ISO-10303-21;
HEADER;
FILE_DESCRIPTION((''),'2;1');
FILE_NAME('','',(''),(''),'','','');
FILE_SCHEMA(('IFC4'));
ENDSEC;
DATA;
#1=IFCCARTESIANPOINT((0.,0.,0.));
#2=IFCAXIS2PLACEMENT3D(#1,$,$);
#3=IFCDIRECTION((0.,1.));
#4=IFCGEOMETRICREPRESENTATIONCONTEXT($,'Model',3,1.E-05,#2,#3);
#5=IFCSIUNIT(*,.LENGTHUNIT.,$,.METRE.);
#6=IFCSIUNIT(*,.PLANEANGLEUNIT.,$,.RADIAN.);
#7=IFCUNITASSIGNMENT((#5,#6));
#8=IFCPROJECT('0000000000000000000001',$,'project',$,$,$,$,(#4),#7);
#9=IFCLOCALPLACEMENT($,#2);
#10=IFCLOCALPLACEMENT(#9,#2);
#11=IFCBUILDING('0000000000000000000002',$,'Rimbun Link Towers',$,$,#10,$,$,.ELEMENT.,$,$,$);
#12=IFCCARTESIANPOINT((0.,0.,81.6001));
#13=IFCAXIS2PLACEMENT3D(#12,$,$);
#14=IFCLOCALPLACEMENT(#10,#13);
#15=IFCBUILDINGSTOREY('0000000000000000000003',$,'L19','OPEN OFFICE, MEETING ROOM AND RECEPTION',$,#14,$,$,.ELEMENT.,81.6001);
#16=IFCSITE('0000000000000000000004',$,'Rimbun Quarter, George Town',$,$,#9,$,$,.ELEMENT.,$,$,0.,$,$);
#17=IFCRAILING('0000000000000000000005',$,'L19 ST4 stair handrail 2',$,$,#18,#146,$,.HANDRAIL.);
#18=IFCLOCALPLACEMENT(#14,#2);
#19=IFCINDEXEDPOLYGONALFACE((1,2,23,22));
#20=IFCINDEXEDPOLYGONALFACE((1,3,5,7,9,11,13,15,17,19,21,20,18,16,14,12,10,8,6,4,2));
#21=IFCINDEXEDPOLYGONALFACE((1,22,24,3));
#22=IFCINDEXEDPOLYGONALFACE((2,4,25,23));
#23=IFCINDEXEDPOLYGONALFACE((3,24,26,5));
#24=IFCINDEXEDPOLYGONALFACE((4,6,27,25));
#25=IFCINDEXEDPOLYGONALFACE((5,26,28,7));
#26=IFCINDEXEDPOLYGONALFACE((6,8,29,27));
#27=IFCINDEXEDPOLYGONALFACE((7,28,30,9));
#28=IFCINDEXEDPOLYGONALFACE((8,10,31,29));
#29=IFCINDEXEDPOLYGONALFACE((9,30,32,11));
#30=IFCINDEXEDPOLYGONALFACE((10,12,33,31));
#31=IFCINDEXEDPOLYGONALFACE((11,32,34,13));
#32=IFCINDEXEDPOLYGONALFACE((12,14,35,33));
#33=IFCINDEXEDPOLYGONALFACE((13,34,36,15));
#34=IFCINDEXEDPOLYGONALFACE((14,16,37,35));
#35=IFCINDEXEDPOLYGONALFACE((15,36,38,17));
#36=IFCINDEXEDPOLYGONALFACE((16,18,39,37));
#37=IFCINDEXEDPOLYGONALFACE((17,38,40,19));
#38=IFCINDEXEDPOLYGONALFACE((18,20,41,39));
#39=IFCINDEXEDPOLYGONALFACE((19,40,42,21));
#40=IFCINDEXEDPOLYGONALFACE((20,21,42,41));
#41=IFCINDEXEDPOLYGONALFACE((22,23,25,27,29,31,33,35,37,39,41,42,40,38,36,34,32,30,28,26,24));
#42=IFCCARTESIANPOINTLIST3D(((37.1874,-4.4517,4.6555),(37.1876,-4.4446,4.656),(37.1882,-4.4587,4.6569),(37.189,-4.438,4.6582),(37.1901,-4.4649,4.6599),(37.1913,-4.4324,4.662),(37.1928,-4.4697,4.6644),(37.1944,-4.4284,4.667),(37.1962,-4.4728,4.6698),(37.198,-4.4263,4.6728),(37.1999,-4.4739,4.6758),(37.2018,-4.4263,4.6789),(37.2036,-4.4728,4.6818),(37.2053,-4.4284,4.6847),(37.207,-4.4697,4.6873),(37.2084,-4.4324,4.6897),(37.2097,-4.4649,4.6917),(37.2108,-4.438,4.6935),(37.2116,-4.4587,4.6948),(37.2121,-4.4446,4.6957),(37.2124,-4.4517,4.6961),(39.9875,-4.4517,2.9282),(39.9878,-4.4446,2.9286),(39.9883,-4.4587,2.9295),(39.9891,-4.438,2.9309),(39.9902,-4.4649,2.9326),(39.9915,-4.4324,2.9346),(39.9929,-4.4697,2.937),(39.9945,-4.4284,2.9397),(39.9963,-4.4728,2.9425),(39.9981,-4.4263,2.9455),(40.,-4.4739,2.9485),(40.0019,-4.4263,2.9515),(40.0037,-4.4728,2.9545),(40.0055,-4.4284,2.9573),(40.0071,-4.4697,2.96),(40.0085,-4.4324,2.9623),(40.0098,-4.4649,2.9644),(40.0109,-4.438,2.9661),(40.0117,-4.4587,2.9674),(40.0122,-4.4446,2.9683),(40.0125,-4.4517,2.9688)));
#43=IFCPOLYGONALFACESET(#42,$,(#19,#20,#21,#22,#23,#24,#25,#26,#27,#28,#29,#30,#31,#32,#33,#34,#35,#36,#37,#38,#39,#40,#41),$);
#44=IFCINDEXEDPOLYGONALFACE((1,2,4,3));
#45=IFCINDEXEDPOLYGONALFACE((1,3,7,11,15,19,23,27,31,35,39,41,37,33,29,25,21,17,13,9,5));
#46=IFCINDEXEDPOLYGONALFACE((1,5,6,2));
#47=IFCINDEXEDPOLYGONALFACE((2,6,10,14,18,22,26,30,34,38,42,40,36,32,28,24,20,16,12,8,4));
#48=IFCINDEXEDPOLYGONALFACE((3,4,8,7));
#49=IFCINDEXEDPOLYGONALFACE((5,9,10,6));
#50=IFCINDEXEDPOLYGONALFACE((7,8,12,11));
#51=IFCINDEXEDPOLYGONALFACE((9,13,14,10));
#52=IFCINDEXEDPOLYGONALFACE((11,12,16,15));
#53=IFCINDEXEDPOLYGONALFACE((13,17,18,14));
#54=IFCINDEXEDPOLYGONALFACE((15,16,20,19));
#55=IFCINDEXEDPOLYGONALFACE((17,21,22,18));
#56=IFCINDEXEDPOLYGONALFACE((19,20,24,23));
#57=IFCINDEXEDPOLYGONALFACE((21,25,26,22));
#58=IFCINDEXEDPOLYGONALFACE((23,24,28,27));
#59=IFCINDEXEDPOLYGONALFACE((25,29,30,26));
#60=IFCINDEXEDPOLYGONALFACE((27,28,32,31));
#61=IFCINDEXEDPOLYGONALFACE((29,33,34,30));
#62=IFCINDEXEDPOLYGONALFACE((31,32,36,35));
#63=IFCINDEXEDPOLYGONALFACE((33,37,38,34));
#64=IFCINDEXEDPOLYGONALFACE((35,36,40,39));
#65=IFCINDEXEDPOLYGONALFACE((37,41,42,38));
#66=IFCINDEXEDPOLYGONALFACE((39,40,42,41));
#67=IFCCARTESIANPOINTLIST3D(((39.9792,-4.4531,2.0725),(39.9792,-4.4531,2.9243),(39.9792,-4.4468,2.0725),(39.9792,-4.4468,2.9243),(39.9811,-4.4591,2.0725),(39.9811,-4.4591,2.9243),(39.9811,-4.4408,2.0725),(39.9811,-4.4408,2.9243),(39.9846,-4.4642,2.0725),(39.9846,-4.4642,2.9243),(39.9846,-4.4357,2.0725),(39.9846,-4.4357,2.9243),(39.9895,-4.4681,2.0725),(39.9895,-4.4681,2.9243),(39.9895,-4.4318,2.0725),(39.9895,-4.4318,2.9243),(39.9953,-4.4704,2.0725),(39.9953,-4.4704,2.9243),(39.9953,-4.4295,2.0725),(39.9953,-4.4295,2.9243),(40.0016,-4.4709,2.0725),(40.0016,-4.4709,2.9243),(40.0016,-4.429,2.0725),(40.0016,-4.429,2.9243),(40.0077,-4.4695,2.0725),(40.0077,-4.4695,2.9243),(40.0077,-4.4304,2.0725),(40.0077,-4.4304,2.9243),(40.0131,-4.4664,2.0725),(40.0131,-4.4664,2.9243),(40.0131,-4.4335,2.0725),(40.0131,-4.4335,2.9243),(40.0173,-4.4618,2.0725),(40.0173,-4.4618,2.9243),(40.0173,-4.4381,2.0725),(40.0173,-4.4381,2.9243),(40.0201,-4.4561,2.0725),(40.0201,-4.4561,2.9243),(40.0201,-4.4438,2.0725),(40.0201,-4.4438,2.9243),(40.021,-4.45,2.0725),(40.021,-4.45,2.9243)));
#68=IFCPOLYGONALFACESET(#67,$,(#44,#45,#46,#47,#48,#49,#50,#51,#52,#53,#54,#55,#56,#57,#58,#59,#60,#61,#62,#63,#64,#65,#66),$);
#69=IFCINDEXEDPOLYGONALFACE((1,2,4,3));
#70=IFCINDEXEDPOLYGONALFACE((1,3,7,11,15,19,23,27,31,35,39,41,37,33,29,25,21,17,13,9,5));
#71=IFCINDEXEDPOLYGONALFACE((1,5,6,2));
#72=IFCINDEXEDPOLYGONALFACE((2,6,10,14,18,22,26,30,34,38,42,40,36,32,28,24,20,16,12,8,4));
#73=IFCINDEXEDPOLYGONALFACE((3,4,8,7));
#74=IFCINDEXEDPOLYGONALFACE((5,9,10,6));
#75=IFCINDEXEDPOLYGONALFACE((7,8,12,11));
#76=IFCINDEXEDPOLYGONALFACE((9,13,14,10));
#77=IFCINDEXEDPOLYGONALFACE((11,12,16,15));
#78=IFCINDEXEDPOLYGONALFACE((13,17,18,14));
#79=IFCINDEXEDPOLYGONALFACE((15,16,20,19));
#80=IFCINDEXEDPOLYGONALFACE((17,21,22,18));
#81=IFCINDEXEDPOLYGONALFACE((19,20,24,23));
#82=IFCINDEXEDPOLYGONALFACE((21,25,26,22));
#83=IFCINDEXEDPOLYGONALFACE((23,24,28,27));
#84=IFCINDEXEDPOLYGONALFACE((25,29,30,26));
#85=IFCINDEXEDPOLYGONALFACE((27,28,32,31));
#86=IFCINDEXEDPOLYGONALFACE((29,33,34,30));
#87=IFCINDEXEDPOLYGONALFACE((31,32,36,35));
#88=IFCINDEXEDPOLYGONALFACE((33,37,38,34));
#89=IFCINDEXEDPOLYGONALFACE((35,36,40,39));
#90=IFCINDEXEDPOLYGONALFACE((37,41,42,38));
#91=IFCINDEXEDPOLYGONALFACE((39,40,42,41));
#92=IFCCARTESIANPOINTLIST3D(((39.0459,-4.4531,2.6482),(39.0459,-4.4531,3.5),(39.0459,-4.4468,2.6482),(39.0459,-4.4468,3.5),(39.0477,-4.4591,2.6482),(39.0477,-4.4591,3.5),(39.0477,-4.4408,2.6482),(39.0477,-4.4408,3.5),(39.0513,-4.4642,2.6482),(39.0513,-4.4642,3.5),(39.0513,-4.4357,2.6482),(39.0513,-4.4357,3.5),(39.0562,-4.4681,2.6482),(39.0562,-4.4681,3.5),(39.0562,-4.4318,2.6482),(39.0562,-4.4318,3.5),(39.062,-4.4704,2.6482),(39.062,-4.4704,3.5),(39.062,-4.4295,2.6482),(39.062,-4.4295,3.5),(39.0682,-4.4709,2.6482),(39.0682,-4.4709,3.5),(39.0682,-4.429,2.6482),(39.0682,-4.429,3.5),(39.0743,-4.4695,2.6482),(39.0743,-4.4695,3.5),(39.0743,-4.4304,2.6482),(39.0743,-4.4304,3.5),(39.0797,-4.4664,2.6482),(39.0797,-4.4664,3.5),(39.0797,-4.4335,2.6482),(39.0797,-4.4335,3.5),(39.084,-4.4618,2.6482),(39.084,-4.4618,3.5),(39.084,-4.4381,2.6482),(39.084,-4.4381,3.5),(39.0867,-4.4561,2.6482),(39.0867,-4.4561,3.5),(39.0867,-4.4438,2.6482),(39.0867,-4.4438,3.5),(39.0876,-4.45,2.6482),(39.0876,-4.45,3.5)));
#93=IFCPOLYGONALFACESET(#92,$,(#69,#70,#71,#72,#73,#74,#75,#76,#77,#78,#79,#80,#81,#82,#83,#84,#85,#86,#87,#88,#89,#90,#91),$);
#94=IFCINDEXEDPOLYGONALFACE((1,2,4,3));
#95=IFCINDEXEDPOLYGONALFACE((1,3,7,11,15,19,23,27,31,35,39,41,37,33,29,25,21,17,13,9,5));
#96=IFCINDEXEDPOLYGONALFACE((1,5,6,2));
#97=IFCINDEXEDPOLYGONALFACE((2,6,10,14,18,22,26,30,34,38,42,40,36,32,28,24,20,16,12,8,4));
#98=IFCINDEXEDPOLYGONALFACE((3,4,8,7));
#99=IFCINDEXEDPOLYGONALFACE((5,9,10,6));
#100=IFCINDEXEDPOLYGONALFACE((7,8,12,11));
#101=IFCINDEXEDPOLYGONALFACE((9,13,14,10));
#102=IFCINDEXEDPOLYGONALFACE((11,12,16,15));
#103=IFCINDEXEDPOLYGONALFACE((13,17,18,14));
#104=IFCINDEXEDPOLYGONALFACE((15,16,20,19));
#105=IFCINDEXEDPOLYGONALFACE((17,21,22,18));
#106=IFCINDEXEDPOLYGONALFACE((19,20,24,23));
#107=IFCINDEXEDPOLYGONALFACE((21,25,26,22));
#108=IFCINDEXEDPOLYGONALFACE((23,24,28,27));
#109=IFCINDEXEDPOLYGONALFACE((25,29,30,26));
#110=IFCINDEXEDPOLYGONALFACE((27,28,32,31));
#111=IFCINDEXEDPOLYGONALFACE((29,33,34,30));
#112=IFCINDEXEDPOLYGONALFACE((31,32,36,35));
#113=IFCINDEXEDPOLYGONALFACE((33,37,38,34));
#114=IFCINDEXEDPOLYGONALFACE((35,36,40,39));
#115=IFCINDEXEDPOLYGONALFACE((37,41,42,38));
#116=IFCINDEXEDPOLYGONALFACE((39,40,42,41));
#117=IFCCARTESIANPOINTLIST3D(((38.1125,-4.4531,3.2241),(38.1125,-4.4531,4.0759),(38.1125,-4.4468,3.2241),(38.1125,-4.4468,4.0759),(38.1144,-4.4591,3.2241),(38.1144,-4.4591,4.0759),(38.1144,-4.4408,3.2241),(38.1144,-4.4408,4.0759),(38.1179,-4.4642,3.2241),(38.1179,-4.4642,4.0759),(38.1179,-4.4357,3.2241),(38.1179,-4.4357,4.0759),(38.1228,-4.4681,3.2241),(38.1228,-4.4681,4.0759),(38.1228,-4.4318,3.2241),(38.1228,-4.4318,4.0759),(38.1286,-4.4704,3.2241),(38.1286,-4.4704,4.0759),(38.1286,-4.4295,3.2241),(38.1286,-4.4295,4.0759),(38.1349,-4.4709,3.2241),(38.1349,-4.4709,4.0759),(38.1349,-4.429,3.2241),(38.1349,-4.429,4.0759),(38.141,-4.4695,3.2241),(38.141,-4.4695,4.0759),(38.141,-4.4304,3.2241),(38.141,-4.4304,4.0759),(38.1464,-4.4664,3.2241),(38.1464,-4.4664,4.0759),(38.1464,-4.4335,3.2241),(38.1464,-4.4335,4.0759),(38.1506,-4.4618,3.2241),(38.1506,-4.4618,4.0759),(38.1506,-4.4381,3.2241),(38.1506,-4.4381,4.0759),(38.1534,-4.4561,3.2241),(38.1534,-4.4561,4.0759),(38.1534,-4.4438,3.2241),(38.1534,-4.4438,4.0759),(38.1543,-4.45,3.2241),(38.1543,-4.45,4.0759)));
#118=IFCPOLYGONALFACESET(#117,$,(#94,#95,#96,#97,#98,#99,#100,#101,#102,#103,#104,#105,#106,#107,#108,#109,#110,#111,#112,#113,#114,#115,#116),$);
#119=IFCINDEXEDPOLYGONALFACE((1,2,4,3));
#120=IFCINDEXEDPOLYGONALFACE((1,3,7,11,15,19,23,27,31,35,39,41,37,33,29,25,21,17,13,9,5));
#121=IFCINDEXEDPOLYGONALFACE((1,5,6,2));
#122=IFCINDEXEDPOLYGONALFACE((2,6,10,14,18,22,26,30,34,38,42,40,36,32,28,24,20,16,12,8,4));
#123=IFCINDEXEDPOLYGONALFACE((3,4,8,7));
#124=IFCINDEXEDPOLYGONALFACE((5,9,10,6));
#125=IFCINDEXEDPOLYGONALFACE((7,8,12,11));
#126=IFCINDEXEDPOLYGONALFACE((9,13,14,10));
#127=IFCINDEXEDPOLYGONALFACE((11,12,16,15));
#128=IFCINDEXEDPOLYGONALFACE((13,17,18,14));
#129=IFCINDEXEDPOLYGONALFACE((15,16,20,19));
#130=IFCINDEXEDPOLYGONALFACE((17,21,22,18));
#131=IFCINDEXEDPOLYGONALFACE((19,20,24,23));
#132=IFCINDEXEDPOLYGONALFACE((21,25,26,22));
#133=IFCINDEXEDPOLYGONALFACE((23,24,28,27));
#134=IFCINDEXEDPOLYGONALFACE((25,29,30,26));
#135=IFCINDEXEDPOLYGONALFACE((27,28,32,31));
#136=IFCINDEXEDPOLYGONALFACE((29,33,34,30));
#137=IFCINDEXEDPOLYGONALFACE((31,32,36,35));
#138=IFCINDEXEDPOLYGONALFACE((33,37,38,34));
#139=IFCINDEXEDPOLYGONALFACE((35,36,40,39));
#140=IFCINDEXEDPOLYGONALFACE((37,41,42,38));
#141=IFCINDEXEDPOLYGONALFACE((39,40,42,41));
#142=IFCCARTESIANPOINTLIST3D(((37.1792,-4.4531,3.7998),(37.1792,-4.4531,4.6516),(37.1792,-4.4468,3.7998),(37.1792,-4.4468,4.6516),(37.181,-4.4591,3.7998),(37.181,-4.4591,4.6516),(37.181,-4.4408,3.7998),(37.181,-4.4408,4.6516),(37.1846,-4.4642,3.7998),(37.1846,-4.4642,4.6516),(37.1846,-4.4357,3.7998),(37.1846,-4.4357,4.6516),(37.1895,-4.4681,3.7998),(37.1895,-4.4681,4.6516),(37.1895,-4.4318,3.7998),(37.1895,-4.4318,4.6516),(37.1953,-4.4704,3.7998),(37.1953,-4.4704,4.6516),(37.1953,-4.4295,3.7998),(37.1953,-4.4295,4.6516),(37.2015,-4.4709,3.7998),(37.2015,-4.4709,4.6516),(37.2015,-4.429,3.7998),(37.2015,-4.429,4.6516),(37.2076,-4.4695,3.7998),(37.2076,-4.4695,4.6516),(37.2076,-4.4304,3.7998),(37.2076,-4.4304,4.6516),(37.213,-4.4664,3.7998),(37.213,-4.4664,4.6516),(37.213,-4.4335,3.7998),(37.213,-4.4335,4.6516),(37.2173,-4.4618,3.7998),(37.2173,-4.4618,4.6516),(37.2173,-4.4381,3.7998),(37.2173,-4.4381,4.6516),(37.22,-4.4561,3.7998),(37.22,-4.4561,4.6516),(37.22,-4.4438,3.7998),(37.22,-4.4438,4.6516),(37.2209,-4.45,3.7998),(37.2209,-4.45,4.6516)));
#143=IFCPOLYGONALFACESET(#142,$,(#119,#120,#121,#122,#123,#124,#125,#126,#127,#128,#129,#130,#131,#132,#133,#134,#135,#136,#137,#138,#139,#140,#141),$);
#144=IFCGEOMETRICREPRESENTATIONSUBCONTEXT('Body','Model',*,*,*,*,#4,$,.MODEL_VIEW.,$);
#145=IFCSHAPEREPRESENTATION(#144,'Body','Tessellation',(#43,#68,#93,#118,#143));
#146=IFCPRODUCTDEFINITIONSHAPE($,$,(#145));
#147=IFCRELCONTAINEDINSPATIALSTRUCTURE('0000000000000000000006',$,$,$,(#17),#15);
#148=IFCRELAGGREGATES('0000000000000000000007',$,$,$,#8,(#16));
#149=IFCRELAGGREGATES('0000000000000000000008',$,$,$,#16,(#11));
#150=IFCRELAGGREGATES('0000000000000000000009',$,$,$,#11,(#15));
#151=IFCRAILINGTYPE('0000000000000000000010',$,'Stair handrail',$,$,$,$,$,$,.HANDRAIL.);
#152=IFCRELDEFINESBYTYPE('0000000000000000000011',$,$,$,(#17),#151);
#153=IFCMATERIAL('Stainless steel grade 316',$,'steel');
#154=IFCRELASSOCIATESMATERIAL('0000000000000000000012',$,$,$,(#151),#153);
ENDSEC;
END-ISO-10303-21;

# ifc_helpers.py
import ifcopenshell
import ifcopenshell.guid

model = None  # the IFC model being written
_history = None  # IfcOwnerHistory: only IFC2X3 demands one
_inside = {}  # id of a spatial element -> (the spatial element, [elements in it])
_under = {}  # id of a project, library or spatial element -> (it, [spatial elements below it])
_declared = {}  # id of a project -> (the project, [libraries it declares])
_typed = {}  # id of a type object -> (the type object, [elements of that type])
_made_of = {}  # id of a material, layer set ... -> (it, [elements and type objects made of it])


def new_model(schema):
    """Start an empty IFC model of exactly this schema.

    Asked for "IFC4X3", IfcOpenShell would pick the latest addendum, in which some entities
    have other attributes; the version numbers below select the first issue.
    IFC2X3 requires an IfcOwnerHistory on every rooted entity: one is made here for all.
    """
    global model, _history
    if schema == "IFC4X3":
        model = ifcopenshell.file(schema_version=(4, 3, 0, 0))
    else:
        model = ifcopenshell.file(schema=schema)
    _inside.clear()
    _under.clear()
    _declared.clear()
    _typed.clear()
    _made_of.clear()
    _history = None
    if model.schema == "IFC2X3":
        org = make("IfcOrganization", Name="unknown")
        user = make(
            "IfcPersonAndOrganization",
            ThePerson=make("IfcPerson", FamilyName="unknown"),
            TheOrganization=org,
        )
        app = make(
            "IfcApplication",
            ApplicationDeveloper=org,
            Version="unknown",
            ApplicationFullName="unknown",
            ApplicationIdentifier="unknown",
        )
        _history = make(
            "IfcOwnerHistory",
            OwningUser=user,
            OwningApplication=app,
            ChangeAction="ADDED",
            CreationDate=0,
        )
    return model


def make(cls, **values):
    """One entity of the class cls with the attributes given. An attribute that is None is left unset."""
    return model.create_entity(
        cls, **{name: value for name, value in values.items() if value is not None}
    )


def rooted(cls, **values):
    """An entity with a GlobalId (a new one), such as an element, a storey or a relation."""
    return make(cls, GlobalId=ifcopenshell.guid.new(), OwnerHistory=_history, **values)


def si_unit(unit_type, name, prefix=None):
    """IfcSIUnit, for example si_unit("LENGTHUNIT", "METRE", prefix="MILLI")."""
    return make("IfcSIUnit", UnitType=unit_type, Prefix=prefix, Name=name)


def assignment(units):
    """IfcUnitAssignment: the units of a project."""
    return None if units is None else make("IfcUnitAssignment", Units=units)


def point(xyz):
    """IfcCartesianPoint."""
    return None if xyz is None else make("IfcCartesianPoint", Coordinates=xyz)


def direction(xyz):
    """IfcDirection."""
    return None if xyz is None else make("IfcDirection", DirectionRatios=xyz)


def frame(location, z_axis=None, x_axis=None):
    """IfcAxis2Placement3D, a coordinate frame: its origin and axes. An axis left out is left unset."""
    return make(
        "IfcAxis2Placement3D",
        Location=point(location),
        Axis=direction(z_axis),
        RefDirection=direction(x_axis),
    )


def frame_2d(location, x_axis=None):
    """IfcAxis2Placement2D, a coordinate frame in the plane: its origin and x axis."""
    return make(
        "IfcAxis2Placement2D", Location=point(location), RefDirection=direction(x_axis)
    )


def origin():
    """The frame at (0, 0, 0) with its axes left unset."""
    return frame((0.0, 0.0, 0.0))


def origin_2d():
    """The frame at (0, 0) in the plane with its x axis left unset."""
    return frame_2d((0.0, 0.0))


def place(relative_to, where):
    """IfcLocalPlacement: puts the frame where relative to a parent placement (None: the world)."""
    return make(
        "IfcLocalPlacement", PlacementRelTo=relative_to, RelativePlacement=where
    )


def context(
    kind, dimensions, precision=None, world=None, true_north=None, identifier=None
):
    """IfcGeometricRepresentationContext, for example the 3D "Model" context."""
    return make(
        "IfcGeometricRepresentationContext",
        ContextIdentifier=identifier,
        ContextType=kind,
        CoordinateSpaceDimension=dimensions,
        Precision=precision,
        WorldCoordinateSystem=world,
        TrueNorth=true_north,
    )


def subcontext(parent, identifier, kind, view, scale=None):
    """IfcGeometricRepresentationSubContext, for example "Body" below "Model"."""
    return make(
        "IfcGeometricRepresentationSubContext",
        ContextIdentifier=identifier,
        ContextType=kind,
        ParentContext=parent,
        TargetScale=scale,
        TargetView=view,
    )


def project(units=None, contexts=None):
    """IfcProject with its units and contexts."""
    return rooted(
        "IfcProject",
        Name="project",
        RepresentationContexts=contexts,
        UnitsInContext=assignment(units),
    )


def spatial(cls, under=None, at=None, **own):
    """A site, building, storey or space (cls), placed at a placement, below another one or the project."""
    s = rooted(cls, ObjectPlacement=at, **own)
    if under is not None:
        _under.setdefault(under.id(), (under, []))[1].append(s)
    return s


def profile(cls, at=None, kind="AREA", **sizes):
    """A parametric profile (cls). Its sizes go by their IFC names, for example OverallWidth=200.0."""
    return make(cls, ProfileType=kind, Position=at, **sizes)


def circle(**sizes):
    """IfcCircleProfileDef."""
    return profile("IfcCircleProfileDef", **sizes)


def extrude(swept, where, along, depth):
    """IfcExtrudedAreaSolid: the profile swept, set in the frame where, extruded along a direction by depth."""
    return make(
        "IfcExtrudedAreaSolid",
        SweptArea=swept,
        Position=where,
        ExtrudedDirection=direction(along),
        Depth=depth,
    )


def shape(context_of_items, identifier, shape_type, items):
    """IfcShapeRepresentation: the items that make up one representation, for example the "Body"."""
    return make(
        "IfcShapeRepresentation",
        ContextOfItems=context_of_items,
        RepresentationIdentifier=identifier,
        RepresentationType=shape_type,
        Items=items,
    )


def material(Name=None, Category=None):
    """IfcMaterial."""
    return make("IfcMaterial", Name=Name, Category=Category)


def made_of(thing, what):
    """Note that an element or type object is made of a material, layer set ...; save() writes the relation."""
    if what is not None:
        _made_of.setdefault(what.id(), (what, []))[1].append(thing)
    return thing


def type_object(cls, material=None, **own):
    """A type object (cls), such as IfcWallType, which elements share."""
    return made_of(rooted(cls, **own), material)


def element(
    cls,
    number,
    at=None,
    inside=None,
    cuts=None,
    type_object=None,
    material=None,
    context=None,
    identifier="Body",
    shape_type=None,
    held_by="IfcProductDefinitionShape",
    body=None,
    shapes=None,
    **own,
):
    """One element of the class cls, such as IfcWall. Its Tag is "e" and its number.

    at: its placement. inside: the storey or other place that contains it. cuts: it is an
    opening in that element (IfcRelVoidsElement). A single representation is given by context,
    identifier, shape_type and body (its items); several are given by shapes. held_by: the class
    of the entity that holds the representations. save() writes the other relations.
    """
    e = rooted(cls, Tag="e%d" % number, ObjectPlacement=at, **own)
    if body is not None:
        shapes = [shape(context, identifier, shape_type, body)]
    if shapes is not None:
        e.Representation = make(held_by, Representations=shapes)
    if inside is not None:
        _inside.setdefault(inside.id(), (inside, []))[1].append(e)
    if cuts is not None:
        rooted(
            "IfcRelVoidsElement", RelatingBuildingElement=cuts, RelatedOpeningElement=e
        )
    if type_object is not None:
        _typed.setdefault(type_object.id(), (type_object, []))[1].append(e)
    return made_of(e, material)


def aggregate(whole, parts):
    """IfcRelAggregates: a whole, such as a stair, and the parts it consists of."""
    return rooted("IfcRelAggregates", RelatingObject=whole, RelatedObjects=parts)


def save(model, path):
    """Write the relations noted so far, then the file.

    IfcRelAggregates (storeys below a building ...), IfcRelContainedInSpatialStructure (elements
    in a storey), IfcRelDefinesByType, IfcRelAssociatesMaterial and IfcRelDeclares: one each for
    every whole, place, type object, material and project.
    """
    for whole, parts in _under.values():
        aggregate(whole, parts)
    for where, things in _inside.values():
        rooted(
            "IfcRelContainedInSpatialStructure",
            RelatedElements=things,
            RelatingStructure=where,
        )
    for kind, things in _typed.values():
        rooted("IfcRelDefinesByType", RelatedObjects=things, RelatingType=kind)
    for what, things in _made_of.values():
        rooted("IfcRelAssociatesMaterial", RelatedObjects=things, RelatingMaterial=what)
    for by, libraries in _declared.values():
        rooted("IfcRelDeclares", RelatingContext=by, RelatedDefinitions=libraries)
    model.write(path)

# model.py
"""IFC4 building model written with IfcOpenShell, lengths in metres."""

from ifc_helpers import new_model, si_unit, direction, frame, origin, origin_2d, place, context, subcontext, project, spatial, circle, extrude, material, type_object, element, save


model = new_model("IFC4")

# Units and contexts
model_context = context("Model", 3, precision=1e-05, world=origin(), true_north=direction((0.0, 1.0)))
body_context = subcontext(model_context, "Body", "Model", "MODEL_VIEW")
ifc_project = project(units=[si_unit("LENGTHUNIT", "METRE"), si_unit("PLANEANGLEUNIT", "RADIAN")], contexts=[model_context])

# Site, building, storey
site_placement = place(None, origin())
site = spatial("IfcSite", under=ifc_project, at=site_placement, Name="Rimbun Quarter, George Town", CompositionType="ELEMENT", RefElevation=0.0)
building_placement = place(site_placement, origin())
building = spatial("IfcBuilding", under=site, at=building_placement, Name="Rimbun Link Towers", CompositionType="ELEMENT")
storey_placement = place(building_placement, frame((0.0, 0.0, 81.6001)))
storey = spatial("IfcBuildingStorey", under=building, at=storey_placement, Name="L19", Description="OPEN OFFICE, MEETING ROOM AND RECEPTION", CompositionType="ELEMENT", Elevation=81.6001)

# Railing
ifc_material_1 = material(Name="Stainless steel grade 316", Category="steel")
railing_type = type_object("IfcRailingType", Name="Stair handrail", PredefinedType="HANDRAIL", material=ifc_material_1)
railing_placement = place(storey_placement, frame((40.0, -4.45, 2.0725)))
element("IfcRailing", 1, at=railing_placement, inside=storey, type_object=railing_type, Name="L19 ST4 stair handrail 2", PredefinedType="HANDRAIL", context=body_context, shape_type="SweptSolid", body=[
    extrude(circle(Radius=0.0239, at=origin_2d()), frame((0.0, 0.0, 0.876), z_axis=(-0.85109, 0.0, 0.52502), x_axis=(0.0, -1.0, 0.0)), (0.0, 0.0, 1.0), 3.29),
    extrude(circle(Radius=0.021, at=origin_2d()), origin(), (0.0, 0.0, 1.0), 0.8518),
    extrude(circle(Radius=0.021, at=origin_2d()), frame((-0.9333, 0.0, 0.5757)), (0.0, 0.0, 1.0), 0.8518),
    extrude(circle(Radius=0.021, at=origin_2d()), frame((-1.8667, 0.0, 1.1516)), (0.0, 0.0, 1.0), 0.8518),
    extrude(circle(Radius=0.021, at=origin_2d()), frame((-2.8, 0.0, 1.7273)), (0.0, 0.0, 1.0), 0.8518),
])

save(model, "model.ifc")
